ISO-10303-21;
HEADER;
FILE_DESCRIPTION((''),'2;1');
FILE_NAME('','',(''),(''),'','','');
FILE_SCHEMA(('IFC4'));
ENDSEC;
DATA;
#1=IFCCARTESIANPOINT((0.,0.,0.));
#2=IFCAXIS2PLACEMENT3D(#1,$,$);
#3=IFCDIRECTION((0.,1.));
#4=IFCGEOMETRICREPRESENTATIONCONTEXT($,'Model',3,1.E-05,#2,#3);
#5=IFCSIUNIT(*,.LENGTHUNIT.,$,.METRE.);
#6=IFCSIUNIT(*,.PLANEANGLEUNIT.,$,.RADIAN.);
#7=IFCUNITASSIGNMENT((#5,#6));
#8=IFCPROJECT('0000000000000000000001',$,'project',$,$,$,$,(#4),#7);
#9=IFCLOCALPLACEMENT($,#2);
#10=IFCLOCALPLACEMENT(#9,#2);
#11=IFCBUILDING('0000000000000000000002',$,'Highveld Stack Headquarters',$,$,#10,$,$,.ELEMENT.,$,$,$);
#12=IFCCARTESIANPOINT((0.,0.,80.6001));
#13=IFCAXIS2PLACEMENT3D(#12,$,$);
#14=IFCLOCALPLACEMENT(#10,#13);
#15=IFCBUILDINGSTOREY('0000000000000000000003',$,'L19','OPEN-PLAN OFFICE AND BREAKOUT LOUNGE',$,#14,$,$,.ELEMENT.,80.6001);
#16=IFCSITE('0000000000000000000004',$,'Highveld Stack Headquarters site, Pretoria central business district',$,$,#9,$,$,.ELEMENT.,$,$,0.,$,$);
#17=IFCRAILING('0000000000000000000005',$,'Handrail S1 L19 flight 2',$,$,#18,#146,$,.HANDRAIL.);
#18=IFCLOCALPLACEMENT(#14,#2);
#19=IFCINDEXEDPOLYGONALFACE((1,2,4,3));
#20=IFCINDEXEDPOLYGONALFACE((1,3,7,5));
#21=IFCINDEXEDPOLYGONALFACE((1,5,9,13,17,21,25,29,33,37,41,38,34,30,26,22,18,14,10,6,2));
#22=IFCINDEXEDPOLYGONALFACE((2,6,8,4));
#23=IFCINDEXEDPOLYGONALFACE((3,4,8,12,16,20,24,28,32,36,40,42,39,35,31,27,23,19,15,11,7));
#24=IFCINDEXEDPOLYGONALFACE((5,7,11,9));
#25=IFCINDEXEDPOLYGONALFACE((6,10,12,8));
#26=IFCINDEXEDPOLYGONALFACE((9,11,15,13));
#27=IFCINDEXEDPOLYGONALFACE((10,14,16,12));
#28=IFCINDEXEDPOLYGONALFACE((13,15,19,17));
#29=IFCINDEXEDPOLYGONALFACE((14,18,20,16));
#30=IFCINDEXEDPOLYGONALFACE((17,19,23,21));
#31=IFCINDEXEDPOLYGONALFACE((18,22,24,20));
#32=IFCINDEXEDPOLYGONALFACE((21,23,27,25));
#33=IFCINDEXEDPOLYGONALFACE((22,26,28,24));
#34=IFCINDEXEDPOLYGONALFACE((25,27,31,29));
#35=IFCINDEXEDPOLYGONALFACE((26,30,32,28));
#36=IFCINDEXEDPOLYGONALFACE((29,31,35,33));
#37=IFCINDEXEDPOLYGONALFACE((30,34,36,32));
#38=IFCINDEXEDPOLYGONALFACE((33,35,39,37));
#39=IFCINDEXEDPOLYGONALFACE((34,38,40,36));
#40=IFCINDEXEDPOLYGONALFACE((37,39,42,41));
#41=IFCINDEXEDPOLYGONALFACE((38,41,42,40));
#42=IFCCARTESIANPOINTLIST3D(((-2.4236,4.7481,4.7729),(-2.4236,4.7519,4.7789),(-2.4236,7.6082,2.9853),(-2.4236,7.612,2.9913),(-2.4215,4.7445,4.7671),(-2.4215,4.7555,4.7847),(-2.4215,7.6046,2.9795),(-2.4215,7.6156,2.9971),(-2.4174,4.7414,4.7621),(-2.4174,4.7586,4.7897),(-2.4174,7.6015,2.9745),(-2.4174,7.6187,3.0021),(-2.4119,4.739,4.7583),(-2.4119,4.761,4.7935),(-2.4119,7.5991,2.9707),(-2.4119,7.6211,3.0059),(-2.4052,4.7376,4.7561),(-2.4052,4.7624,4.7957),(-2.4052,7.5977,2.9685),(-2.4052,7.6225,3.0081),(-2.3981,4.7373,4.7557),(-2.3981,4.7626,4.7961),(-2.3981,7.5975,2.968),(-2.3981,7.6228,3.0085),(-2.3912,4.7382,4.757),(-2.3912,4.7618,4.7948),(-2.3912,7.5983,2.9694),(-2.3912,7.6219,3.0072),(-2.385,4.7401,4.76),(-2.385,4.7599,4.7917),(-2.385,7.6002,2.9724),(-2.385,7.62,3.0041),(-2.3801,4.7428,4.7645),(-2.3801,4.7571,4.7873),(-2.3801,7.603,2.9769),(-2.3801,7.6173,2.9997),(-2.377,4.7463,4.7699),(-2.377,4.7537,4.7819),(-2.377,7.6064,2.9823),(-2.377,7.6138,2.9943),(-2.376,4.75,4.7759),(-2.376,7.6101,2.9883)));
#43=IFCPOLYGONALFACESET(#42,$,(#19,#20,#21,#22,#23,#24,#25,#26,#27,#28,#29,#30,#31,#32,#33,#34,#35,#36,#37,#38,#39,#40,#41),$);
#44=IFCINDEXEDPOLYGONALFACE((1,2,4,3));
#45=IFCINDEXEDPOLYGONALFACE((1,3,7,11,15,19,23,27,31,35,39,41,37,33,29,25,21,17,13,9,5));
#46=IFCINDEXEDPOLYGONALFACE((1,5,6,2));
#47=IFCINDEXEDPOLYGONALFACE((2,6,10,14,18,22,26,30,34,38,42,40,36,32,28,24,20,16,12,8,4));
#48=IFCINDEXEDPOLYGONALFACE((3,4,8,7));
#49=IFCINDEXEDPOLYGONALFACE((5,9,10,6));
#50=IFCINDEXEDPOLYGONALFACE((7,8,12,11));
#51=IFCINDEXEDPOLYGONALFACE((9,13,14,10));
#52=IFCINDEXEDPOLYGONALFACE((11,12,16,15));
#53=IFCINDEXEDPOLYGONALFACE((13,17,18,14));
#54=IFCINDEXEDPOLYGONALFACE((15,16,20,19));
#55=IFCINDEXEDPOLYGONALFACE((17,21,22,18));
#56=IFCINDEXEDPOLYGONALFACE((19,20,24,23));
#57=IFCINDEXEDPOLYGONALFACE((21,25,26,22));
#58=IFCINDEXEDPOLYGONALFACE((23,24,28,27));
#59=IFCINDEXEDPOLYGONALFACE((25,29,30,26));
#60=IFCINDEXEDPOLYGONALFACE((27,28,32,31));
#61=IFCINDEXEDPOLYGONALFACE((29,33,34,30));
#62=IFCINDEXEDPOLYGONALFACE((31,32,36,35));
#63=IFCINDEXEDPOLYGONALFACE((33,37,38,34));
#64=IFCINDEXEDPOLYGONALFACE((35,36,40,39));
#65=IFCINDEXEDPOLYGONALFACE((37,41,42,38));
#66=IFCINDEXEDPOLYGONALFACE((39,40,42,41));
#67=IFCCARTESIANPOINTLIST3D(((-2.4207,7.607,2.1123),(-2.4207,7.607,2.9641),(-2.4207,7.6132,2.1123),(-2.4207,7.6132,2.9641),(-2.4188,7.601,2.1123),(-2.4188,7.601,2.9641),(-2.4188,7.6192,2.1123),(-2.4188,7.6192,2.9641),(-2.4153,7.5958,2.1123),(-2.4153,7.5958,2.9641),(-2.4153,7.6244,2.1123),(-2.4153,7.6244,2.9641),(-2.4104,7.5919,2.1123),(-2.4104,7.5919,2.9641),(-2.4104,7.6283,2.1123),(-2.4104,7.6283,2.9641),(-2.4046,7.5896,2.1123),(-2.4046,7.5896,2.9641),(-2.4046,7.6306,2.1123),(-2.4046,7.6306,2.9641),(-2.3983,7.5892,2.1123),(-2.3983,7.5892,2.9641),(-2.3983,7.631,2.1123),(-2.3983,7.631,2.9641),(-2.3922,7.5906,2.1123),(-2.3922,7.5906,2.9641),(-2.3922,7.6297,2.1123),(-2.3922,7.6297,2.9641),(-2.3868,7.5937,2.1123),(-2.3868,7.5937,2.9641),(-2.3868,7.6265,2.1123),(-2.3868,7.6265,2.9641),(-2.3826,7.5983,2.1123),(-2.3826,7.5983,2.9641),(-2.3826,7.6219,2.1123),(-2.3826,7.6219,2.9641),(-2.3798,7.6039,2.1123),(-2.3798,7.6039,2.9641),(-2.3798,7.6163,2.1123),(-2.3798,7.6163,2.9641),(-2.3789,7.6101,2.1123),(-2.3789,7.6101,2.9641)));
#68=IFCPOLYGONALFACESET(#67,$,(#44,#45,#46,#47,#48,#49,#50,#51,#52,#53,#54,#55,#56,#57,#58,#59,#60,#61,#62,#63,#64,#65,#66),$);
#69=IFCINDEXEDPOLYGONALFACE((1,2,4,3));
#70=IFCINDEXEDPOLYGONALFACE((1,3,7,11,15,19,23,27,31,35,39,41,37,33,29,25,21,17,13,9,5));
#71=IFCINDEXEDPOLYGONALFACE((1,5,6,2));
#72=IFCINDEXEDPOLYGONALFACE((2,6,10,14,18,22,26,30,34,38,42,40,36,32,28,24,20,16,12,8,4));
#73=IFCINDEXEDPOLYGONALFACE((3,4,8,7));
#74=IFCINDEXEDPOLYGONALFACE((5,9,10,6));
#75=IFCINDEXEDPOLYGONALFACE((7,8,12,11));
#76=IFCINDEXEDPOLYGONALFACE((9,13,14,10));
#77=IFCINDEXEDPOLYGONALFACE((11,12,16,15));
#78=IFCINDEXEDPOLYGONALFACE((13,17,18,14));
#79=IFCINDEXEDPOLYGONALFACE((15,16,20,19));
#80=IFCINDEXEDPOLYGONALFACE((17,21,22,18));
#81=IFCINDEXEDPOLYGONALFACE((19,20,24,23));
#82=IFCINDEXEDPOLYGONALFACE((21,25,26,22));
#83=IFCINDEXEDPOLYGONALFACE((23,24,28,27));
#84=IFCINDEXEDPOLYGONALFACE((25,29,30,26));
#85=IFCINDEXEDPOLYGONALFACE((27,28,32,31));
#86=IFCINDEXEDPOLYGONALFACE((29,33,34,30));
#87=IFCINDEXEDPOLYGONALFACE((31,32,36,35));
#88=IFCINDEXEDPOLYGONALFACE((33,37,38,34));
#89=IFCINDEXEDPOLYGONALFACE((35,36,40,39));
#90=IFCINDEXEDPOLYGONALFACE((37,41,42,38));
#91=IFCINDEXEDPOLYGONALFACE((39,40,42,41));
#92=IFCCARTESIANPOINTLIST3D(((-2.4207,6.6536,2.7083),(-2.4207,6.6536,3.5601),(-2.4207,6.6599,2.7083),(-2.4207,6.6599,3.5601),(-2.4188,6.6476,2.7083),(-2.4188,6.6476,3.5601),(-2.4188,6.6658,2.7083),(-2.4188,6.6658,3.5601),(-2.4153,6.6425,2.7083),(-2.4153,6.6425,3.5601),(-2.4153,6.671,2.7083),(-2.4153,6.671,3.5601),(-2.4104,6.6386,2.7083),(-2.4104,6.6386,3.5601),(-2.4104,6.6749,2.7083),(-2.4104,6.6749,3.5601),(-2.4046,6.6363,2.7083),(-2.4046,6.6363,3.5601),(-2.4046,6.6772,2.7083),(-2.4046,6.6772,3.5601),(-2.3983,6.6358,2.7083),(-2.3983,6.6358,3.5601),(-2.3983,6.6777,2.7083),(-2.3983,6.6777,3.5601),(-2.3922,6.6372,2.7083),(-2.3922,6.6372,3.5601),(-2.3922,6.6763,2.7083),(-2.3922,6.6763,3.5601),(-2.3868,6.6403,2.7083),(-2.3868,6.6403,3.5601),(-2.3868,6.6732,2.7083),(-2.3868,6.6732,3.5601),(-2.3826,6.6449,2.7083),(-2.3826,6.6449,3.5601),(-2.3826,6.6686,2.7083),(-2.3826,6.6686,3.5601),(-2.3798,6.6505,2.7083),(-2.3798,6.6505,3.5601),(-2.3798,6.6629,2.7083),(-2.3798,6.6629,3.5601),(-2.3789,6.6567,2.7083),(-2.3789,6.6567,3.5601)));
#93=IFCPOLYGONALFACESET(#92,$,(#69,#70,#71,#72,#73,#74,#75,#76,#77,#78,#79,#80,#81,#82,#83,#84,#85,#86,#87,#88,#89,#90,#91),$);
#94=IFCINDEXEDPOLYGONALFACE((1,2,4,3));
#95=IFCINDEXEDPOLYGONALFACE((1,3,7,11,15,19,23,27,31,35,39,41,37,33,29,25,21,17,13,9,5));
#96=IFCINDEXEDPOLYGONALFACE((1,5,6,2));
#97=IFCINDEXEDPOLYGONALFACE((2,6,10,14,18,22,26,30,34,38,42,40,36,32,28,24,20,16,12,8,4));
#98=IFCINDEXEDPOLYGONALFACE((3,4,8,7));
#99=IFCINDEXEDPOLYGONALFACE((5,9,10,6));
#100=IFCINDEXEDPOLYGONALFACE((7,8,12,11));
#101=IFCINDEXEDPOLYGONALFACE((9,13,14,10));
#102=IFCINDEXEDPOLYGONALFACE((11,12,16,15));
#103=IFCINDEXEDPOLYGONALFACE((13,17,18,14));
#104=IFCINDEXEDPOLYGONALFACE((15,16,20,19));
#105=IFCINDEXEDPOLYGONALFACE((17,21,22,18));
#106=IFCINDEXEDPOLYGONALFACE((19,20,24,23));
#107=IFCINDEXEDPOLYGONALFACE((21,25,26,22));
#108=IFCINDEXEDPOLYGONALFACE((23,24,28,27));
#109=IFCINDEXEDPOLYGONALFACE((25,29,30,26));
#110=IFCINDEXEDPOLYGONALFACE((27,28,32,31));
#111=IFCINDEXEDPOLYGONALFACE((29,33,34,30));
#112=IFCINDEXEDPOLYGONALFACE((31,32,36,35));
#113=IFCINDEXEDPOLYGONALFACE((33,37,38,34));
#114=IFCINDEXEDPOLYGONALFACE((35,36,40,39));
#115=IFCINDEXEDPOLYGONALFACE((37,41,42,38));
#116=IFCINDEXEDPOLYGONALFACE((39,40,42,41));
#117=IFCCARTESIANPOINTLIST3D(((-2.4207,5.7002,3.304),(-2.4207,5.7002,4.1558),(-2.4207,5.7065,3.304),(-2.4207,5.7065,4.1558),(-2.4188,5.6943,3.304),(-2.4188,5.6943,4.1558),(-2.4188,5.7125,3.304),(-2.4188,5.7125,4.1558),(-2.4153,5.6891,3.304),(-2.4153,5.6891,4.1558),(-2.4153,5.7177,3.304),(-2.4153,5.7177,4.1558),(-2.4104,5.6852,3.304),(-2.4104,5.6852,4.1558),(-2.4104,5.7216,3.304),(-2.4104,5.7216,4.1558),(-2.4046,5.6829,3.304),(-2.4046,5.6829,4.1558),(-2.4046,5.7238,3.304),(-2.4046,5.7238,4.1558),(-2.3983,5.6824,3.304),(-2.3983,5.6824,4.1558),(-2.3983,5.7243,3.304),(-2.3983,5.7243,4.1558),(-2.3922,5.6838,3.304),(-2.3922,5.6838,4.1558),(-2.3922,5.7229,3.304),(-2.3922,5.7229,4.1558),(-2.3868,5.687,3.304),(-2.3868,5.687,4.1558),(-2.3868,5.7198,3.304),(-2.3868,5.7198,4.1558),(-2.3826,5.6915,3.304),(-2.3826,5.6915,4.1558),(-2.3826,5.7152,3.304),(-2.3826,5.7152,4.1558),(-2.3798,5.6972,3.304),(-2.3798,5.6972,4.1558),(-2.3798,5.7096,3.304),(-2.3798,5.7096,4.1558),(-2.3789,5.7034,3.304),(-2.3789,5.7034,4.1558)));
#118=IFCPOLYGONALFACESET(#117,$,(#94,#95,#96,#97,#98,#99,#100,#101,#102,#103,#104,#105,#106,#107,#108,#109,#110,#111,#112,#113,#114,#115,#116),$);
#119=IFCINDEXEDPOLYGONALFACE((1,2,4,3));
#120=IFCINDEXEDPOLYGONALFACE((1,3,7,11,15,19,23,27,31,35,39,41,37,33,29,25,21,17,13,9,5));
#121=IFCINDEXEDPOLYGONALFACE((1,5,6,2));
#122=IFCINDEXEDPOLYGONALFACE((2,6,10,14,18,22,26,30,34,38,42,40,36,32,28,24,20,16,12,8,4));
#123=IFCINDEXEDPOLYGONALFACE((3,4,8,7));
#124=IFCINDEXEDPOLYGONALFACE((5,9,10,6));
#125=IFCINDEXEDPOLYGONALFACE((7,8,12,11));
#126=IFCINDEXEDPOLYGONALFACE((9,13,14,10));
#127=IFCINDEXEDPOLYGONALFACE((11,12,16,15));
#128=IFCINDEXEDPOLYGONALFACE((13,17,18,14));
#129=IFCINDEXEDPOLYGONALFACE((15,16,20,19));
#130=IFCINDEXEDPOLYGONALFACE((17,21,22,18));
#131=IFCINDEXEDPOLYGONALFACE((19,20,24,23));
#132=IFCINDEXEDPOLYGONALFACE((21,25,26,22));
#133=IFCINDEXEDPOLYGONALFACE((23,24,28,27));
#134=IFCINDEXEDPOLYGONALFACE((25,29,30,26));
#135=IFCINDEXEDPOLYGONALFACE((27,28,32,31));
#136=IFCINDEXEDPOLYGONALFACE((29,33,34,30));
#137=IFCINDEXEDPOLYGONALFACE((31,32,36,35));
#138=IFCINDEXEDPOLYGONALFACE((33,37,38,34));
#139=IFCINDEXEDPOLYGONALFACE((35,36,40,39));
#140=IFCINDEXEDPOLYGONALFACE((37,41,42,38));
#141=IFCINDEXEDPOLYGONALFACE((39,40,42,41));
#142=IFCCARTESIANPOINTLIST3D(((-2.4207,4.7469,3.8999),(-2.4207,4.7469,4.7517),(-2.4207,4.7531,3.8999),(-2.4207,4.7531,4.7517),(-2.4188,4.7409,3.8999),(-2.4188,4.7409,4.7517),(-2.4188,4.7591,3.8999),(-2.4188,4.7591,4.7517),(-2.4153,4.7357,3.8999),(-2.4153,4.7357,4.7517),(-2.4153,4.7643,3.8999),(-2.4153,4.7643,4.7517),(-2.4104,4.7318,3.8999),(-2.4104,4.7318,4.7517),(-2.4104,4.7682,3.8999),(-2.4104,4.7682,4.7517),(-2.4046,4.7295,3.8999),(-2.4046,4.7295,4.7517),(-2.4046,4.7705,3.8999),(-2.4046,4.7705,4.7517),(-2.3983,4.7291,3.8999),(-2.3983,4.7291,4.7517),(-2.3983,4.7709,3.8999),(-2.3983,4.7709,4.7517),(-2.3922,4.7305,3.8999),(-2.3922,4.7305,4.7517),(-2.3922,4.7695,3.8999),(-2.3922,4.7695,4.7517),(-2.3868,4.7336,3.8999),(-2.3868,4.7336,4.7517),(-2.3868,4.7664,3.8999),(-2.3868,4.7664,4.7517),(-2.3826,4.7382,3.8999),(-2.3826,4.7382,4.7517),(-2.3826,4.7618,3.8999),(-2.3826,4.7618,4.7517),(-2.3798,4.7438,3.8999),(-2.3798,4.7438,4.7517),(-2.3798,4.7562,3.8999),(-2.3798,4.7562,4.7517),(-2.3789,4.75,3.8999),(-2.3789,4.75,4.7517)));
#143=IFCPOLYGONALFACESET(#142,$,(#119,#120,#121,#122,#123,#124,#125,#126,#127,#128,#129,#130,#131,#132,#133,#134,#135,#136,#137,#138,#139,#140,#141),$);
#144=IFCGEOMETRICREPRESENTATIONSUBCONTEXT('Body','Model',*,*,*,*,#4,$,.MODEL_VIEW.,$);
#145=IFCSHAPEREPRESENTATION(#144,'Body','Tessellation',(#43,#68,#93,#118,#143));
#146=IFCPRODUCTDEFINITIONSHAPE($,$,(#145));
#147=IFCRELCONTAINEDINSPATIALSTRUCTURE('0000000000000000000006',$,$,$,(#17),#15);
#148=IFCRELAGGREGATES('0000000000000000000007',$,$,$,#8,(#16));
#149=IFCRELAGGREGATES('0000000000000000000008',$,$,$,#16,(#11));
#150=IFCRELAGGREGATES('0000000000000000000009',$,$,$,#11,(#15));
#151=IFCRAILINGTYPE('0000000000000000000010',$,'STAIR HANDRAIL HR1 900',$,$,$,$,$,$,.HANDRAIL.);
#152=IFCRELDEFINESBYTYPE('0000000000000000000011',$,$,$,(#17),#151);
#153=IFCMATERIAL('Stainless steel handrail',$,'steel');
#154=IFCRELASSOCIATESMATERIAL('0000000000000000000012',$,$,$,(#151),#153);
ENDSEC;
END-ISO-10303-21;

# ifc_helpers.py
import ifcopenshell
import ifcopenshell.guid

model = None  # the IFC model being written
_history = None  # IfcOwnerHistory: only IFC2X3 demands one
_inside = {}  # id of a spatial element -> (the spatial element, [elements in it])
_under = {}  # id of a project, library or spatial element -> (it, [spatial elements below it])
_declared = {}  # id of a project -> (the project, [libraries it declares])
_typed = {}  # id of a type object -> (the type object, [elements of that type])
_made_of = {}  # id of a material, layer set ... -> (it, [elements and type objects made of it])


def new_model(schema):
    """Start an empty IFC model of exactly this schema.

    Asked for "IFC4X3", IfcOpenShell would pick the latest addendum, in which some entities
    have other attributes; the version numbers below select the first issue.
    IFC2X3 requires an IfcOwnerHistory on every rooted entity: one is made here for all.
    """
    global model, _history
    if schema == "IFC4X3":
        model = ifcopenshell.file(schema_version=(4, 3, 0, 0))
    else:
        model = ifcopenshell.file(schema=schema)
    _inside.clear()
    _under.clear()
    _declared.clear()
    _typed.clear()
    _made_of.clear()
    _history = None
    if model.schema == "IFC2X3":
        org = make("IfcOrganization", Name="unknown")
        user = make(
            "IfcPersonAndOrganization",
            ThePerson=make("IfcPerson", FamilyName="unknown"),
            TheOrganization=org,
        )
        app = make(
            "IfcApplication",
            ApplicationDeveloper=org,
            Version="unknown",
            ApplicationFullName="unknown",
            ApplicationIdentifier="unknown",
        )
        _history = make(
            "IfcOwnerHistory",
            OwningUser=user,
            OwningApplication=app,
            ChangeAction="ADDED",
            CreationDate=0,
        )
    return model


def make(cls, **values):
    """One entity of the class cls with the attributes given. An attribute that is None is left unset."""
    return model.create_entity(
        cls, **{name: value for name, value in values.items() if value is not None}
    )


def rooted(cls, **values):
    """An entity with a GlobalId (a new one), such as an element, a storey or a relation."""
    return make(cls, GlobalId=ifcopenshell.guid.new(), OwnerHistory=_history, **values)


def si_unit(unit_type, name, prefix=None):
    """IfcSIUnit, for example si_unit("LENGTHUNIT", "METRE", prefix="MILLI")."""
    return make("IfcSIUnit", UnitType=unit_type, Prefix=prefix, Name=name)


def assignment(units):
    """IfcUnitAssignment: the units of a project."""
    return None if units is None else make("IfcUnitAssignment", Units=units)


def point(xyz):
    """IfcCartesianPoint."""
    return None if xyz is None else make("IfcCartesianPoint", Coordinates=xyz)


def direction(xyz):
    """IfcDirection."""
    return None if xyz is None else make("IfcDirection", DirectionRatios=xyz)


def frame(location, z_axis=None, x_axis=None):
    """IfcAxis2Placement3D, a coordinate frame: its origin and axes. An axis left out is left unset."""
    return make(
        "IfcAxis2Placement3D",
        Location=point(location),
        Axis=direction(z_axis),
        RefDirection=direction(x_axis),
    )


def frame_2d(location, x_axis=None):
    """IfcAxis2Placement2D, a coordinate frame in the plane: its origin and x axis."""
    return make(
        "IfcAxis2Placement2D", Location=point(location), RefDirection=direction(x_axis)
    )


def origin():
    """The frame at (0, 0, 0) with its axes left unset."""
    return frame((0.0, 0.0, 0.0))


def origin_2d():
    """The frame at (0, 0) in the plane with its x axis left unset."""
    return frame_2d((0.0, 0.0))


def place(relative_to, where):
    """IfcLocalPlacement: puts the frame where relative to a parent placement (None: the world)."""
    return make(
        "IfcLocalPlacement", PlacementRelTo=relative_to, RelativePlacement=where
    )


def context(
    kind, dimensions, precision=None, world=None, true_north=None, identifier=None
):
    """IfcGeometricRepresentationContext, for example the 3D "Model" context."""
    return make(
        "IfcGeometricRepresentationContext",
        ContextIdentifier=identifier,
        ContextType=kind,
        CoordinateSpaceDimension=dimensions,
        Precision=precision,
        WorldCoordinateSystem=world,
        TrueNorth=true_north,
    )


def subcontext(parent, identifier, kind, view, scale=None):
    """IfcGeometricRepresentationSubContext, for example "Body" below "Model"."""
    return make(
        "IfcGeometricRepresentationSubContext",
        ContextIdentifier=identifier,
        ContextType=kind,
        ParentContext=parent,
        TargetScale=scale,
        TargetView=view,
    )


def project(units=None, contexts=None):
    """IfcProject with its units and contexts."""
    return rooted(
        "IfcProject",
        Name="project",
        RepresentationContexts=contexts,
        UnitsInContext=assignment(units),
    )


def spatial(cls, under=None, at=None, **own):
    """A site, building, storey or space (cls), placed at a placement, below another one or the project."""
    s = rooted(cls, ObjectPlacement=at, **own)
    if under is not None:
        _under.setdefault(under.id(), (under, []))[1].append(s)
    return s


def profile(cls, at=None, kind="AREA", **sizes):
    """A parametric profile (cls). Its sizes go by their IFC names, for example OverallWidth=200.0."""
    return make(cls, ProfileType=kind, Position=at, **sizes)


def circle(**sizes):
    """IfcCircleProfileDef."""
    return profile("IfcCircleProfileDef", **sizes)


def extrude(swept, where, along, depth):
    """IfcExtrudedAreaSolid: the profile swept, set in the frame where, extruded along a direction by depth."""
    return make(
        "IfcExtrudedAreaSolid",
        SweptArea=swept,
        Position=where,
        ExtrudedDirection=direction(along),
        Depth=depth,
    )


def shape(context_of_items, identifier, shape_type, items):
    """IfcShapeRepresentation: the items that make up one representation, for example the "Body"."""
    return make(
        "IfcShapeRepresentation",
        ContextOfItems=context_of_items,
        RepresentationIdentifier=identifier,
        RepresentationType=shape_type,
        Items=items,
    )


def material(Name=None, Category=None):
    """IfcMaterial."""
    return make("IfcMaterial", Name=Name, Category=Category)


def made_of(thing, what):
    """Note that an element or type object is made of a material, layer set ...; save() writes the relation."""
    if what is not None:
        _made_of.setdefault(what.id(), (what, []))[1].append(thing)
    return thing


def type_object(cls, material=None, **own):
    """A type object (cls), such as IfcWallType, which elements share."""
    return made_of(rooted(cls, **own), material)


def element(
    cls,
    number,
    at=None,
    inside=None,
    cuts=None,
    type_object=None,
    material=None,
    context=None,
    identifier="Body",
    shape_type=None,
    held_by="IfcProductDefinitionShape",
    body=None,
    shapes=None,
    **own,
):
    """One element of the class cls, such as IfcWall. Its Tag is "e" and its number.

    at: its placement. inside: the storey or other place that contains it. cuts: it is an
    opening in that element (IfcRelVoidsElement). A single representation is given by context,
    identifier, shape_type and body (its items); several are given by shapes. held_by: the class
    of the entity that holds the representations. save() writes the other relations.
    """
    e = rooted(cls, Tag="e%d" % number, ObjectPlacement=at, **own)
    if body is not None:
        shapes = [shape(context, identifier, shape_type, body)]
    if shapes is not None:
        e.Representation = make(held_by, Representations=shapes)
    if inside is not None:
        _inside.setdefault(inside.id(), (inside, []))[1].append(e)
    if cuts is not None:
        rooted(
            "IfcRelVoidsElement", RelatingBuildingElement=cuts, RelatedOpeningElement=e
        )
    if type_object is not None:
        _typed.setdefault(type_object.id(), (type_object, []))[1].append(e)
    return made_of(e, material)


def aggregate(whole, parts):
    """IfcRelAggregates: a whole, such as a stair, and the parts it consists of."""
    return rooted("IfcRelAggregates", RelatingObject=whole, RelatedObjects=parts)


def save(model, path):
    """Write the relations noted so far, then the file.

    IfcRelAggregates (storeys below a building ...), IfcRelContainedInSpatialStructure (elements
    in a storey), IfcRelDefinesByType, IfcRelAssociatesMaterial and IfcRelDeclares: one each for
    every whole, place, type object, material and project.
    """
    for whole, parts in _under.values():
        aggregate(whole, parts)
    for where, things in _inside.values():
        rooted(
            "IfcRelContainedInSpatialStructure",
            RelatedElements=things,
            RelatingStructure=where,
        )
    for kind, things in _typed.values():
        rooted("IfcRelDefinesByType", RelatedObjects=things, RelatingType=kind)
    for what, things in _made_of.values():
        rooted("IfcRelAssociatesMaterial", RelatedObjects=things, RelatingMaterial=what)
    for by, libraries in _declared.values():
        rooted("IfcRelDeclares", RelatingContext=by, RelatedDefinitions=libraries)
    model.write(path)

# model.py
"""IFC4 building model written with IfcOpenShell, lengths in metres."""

from ifc_helpers import new_model, si_unit, direction, frame, origin, origin_2d, place, context, subcontext, project, spatial, circle, extrude, material, type_object, element, save


model = new_model("IFC4")

# Units and contexts
model_context = context("Model", 3, precision=1e-05, world=origin(), true_north=direction((0.0, 1.0)))
body_context = subcontext(model_context, "Body", "Model", "MODEL_VIEW")
ifc_project = project(units=[si_unit("LENGTHUNIT", "METRE"), si_unit("PLANEANGLEUNIT", "RADIAN")], contexts=[model_context])

# Site, building, storey
site_placement = place(None, origin())
site = spatial("IfcSite", under=ifc_project, at=site_placement, Name="Highveld Stack Headquarters site, Pretoria central business district", CompositionType="ELEMENT", RefElevation=0.0)
building_placement = place(site_placement, origin())
building = spatial("IfcBuilding", under=site, at=building_placement, Name="Highveld Stack Headquarters", CompositionType="ELEMENT")
storey_placement = place(building_placement, frame((0.0, 0.0, 80.6001)))
storey = spatial("IfcBuildingStorey", under=building, at=storey_placement, Name="L19", Description="OPEN-PLAN OFFICE AND BREAKOUT LOUNGE", CompositionType="ELEMENT", Elevation=80.6001)

# Railing
ifc_material_1 = material(Name="Stainless steel handrail", Category="steel")
railing_type = type_object("IfcRailingType", Name="STAIR HANDRAIL HR1 900", PredefinedType="HANDRAIL", material=ifc_material_1)
for number, where, name in (
    (1, (-2.3999, 7.6101, 2.1123), "Handrail S1 L19 flight 2"),
):
    element("IfcRailing", number, at=place(storey_placement, frame(where)), inside=storey, type_object=railing_type, Name=name, PredefinedType="HANDRAIL", context=body_context, shape_type="SweptSolid", body=[
        extrude(circle(Radius=0.0239, at=origin_2d()), frame((0.0, 0.0, 0.876), z_axis=(0.0, -0.847994, 0.530005), x_axis=(1.0, 0.0, 0.0)), (0.0, 0.0, 1.0), 3.3728),
        extrude(circle(Radius=0.021, at=origin_2d()), origin(), (0.0, 0.0, 1.0), 0.8518),
        extrude(circle(Radius=0.021, at=origin_2d()), frame((0.0, -0.9534, 0.5959)), (0.0, 0.0, 1.0), 0.8518),
        extrude(circle(Radius=0.021, at=origin_2d()), frame((0.0, -1.9067, 1.1917)), (0.0, 0.0, 1.0), 0.8518),
        extrude(circle(Radius=0.021, at=origin_2d()), frame((0.0, -2.8601, 1.7876)), (0.0, 0.0, 1.0), 0.8518),
    ])

save(model, "model.ifc")
